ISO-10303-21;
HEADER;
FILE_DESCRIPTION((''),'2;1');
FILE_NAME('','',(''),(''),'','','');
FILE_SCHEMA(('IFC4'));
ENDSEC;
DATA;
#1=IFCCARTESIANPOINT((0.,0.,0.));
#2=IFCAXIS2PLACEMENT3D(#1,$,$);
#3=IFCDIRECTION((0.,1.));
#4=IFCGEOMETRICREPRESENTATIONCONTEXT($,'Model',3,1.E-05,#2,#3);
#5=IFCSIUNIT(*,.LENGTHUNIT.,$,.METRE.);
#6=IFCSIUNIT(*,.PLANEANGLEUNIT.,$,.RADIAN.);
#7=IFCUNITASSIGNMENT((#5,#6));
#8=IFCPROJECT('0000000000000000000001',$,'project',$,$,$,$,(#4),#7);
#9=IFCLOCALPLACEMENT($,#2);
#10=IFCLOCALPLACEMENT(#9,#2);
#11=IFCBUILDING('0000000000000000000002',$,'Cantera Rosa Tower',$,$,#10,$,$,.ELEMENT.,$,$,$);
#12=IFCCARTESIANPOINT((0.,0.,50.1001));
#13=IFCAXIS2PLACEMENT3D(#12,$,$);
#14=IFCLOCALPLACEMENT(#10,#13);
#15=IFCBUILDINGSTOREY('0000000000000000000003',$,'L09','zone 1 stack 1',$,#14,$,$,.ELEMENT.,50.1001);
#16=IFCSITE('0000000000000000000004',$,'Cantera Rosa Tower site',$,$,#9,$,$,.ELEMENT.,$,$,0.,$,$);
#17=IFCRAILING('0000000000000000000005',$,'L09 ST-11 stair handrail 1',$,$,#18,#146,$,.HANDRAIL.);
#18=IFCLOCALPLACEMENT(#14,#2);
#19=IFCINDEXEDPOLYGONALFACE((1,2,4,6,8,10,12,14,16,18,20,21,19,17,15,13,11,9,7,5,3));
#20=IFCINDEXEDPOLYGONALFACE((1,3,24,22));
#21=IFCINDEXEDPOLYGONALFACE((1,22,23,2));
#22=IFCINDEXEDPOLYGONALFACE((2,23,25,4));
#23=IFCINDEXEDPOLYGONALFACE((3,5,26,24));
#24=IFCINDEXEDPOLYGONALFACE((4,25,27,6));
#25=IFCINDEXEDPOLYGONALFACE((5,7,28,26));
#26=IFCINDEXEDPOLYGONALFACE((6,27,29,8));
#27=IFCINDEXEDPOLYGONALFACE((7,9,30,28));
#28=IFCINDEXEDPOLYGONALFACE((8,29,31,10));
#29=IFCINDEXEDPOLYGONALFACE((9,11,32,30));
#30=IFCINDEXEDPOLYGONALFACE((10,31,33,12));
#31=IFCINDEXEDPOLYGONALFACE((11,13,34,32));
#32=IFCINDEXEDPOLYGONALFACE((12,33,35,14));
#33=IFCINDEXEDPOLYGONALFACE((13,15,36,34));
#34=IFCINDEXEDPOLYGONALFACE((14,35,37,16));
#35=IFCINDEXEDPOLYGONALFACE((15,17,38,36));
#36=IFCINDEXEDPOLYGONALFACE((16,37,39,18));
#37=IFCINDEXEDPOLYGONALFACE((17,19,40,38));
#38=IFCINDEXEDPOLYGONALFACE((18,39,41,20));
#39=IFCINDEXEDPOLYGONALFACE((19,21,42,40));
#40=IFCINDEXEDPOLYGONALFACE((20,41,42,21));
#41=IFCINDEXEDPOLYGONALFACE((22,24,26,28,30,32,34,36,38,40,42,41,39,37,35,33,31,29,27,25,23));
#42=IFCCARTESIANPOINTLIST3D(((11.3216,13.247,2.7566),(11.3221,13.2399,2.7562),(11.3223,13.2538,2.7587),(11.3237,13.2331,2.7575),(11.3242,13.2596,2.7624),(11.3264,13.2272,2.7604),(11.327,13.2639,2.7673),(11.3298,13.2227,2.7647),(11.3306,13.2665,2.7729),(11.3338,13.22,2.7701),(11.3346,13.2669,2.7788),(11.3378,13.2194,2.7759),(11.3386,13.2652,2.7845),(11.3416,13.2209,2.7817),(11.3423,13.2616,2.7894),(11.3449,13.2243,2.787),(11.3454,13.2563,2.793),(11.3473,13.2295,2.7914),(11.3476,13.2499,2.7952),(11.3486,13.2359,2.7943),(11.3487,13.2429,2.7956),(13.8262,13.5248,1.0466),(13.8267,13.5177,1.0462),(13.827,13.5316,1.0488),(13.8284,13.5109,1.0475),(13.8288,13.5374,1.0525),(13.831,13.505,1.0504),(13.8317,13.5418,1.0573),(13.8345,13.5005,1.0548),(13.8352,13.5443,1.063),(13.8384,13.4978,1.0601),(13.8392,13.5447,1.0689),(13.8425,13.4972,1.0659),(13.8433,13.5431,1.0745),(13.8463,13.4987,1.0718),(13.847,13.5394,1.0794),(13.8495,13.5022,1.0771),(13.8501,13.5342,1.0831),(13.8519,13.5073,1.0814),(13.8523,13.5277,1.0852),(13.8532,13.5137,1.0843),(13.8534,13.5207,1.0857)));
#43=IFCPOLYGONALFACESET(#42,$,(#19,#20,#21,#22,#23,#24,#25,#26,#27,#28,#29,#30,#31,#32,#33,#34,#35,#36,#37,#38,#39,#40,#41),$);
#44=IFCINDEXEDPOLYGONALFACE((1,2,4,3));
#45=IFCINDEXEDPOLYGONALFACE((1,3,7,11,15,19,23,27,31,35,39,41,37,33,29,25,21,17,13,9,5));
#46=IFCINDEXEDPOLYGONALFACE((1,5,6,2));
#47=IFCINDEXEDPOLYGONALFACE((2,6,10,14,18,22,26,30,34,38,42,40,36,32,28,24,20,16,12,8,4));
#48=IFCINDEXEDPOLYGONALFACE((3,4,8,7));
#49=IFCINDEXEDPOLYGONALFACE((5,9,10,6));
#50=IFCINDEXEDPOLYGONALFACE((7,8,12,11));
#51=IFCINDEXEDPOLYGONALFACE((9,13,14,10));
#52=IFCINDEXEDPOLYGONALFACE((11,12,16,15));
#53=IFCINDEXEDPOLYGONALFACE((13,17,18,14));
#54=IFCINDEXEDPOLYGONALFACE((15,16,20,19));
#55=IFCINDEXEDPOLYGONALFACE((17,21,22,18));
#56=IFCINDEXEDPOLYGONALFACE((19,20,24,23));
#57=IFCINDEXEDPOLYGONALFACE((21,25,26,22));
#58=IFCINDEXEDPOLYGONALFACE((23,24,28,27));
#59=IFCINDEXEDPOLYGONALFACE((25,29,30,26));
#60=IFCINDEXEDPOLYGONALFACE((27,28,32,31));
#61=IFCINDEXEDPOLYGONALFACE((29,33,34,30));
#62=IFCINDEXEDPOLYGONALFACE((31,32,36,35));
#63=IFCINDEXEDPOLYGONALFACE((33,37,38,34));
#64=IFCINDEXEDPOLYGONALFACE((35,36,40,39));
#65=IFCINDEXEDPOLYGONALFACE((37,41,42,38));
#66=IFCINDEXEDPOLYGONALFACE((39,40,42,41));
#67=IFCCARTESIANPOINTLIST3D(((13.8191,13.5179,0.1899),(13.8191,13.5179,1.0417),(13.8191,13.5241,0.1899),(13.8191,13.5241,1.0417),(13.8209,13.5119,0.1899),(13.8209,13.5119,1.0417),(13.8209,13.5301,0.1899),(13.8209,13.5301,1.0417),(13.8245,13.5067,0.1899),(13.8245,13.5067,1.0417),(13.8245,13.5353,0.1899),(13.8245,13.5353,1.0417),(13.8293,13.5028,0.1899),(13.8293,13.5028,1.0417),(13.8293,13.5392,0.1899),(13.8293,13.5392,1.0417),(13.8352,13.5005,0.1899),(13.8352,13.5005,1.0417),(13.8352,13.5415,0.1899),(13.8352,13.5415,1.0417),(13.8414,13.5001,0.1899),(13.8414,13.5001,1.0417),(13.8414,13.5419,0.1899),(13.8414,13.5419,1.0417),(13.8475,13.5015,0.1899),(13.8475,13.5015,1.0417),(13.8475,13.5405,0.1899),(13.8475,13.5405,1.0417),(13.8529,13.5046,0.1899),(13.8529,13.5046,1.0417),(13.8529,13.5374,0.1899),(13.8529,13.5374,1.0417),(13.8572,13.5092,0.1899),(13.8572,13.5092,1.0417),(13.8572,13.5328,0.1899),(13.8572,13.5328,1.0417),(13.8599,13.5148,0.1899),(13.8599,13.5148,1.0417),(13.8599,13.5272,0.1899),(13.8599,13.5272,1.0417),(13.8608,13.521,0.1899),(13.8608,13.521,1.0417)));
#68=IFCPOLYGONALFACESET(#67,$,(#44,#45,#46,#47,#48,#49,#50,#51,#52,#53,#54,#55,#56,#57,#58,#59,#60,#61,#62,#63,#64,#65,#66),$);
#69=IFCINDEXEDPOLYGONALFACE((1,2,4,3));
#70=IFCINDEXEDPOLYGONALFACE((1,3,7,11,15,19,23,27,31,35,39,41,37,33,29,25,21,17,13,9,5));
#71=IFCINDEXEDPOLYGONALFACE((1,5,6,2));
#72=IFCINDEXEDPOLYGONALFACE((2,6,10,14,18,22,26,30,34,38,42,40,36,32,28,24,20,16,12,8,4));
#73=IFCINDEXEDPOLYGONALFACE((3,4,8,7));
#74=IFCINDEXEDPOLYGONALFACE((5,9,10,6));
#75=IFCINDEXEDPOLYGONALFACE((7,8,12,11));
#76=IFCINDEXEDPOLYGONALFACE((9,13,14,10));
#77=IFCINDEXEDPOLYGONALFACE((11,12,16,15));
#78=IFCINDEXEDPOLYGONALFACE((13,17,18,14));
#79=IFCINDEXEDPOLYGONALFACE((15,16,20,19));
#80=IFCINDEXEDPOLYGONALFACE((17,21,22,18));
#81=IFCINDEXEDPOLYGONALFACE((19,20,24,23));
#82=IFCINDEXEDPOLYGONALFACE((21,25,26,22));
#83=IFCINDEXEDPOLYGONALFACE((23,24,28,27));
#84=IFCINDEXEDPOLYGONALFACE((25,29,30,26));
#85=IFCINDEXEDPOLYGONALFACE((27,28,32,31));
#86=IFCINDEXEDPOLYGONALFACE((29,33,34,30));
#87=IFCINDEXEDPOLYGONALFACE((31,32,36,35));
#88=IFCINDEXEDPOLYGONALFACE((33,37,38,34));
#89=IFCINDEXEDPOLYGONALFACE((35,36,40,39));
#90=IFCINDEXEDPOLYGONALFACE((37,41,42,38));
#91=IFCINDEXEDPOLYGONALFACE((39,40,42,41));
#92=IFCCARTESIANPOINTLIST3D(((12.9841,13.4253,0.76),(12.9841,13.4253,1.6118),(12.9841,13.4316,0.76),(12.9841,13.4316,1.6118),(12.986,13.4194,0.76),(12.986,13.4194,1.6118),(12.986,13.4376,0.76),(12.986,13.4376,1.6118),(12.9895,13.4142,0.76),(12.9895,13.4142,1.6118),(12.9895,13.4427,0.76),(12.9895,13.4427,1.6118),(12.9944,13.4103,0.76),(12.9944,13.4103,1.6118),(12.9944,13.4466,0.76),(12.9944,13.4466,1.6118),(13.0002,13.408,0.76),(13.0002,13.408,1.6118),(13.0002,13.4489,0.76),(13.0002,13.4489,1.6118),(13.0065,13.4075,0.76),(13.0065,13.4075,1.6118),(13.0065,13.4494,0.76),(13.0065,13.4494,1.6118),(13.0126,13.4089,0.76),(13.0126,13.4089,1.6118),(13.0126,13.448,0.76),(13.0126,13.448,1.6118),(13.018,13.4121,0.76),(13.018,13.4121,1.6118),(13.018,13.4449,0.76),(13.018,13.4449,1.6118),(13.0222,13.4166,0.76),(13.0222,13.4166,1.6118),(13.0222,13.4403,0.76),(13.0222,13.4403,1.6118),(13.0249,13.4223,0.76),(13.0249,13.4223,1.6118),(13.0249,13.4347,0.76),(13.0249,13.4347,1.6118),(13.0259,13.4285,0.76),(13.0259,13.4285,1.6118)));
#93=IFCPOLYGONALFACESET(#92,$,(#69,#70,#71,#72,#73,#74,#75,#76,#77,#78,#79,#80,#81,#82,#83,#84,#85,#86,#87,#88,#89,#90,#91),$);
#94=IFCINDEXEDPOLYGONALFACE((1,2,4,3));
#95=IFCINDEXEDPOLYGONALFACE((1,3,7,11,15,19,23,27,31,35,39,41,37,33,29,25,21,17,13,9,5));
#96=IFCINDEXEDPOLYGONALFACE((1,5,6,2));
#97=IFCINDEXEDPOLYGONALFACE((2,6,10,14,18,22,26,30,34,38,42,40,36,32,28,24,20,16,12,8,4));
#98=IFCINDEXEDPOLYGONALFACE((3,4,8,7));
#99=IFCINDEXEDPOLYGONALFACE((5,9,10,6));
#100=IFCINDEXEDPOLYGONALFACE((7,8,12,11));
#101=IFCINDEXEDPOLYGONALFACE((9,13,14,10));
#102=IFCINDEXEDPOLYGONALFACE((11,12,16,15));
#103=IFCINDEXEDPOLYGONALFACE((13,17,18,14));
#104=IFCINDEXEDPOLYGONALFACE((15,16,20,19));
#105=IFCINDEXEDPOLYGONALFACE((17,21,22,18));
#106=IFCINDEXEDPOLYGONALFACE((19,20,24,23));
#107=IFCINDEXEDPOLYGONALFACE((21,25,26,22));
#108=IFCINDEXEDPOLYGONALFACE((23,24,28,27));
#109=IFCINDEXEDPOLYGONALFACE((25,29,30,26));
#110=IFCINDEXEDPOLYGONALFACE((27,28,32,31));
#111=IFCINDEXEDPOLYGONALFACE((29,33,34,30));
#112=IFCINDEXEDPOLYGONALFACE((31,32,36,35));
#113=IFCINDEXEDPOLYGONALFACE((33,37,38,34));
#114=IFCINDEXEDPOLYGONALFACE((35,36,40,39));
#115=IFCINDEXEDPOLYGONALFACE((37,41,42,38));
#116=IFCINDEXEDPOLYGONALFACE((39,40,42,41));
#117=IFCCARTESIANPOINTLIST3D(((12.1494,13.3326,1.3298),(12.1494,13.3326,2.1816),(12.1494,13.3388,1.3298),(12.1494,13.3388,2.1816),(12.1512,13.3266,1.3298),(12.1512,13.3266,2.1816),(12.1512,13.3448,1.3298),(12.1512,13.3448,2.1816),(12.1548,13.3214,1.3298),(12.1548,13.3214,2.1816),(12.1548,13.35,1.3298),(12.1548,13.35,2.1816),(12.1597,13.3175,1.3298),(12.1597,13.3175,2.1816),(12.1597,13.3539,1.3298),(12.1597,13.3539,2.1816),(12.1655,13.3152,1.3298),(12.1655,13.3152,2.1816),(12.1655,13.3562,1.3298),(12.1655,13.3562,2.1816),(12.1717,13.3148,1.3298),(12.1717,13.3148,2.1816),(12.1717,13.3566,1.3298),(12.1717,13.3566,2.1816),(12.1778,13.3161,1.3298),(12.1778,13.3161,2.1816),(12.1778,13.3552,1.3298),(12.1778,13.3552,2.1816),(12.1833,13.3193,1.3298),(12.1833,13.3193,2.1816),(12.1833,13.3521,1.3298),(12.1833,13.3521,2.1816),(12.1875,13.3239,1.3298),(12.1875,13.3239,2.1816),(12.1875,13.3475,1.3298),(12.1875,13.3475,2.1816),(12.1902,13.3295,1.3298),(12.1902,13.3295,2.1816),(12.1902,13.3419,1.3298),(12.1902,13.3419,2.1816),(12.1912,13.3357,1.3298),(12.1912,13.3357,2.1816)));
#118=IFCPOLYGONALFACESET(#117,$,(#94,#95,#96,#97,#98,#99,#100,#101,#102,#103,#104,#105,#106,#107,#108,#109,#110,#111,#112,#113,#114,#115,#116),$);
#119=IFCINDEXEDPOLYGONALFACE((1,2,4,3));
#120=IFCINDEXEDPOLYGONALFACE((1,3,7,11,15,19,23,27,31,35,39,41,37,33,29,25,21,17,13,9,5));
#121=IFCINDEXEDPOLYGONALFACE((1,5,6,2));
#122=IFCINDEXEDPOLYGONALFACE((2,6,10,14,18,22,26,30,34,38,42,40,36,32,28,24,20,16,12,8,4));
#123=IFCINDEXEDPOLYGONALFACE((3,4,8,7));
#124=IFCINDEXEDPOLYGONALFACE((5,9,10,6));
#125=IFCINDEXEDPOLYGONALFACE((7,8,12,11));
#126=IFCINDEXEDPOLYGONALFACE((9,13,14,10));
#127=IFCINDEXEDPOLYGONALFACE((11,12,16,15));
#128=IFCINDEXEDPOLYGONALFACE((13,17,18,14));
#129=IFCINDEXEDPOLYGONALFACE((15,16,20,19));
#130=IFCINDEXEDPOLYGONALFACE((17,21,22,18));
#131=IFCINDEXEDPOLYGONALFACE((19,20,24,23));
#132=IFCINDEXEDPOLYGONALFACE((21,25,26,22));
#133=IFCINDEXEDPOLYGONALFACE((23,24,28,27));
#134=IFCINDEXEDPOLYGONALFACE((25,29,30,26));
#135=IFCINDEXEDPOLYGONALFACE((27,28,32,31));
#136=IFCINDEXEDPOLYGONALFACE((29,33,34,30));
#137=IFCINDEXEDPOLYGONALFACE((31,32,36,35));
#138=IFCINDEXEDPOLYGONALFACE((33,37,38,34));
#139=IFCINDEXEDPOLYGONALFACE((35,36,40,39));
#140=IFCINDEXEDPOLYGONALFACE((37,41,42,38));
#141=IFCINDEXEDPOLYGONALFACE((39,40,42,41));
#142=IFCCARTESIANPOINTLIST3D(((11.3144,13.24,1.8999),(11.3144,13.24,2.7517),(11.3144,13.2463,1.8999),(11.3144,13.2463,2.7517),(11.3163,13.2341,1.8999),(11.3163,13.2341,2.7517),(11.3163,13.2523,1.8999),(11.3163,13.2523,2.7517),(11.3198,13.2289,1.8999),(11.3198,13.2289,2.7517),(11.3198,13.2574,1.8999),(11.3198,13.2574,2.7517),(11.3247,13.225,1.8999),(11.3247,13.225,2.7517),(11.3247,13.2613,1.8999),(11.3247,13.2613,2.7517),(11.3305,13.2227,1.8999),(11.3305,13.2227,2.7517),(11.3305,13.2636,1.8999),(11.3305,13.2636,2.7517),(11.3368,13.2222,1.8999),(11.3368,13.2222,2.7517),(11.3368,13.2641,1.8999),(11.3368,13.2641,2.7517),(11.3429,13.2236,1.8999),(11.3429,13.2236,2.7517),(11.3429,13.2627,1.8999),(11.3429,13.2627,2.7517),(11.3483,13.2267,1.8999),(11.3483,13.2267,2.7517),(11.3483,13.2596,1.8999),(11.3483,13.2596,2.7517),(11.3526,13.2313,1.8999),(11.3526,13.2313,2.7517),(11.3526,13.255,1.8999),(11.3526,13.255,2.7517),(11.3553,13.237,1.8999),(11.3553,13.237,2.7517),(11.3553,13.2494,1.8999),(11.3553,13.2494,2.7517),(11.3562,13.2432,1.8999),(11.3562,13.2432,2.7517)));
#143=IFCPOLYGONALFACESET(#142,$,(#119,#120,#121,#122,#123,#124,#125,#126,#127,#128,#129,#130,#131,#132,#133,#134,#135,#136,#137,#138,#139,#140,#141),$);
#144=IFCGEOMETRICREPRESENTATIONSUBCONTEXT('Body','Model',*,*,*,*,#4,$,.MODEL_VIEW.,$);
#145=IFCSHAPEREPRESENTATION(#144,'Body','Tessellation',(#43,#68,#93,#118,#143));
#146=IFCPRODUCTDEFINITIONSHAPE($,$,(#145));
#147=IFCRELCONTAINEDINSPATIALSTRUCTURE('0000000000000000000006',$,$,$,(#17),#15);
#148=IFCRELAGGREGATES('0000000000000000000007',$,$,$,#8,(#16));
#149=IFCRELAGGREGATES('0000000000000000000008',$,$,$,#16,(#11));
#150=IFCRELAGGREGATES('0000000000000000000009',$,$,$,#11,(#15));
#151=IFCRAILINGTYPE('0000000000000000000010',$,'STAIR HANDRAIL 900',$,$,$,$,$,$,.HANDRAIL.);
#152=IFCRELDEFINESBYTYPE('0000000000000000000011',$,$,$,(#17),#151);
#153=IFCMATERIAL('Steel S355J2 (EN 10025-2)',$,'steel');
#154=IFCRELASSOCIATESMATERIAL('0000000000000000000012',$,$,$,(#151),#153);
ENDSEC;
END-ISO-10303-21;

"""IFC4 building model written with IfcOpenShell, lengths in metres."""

from ifc_helpers import new_model, si_unit, direction, frame, origin, origin_2d, place, context, subcontext, project, spatial, circle, extrude, material, type_object, element, save


model = new_model("IFC4")

# Units and contexts
model_context = context("Model", 3, precision=1e-05, world=origin(), true_north=direction((0.0, 1.0)))
body_context = subcontext(model_context, "Body", "Model", "MODEL_VIEW")
ifc_project = project(units=[si_unit("LENGTHUNIT", "METRE"), si_unit("PLANEANGLEUNIT", "RADIAN")], contexts=[model_context])

# Site, building, storey
site_placement = place(None, origin())
site = spatial("IfcSite", under=ifc_project, at=site_placement, Name="Cantera Rosa Tower site", CompositionType="ELEMENT", RefElevation=0.0)
building_placement = place(site_placement, origin())
building = spatial("IfcBuilding", under=site, at=building_placement, Name="Cantera Rosa Tower", CompositionType="ELEMENT")
storey_placement = place(building_placement, frame((0.0, 0.0, 50.1001)))
storey = spatial("IfcBuildingStorey", under=building, at=storey_placement, Name="L09", Description="zone 1 stack 1", CompositionType="ELEMENT", Elevation=50.1001)

# Railing
ifc_material_1 = material(Name="Steel S355J2 (EN 10025-2)", Category="steel")
railing_type_1 = type_object("IfcRailingType", Name="STAIR HANDRAIL 900", PredefinedType="HANDRAIL", material=ifc_material_1)
railing_1_placement = place(storey_placement, frame((13.8398, 13.521, 0.1899)))
element("IfcRailing", 1, at=railing_1_placement, inside=storey, type_object=railing_type_1, Name="L09 ST-11 stair handrail 1", PredefinedType="HANDRAIL", context=body_context, shape_type="SweptSolid", body=[
    extrude(circle(Radius=0.0239, at=origin_2d()), frame((0.0, 0.0, 0.876), z_axis=(-0.822437, -0.091231, 0.561492), x_axis=(0.110251, -0.993904, 0.0)), (0.0, 0.0, 1.0), 3.0454),
    extrude(circle(Radius=0.021, at=origin_2d()), origin(), (0.0, 0.0, 1.0), 0.8518),
    extrude(circle(Radius=0.021, at=origin_2d()), frame((-0.835, -0.0925, 0.5701)), (0.0, 0.0, 1.0), 0.8518),
    extrude(circle(Radius=0.021, at=origin_2d()), frame((-1.6697, -0.1853, 1.1399)), (0.0, 0.0, 1.0), 0.8518),
    extrude(circle(Radius=0.021, at=origin_2d()), frame((-2.5046, -0.2778, 1.71)), (0.0, 0.0, 1.0), 0.8518),
])

save(model, "model.ifc")
